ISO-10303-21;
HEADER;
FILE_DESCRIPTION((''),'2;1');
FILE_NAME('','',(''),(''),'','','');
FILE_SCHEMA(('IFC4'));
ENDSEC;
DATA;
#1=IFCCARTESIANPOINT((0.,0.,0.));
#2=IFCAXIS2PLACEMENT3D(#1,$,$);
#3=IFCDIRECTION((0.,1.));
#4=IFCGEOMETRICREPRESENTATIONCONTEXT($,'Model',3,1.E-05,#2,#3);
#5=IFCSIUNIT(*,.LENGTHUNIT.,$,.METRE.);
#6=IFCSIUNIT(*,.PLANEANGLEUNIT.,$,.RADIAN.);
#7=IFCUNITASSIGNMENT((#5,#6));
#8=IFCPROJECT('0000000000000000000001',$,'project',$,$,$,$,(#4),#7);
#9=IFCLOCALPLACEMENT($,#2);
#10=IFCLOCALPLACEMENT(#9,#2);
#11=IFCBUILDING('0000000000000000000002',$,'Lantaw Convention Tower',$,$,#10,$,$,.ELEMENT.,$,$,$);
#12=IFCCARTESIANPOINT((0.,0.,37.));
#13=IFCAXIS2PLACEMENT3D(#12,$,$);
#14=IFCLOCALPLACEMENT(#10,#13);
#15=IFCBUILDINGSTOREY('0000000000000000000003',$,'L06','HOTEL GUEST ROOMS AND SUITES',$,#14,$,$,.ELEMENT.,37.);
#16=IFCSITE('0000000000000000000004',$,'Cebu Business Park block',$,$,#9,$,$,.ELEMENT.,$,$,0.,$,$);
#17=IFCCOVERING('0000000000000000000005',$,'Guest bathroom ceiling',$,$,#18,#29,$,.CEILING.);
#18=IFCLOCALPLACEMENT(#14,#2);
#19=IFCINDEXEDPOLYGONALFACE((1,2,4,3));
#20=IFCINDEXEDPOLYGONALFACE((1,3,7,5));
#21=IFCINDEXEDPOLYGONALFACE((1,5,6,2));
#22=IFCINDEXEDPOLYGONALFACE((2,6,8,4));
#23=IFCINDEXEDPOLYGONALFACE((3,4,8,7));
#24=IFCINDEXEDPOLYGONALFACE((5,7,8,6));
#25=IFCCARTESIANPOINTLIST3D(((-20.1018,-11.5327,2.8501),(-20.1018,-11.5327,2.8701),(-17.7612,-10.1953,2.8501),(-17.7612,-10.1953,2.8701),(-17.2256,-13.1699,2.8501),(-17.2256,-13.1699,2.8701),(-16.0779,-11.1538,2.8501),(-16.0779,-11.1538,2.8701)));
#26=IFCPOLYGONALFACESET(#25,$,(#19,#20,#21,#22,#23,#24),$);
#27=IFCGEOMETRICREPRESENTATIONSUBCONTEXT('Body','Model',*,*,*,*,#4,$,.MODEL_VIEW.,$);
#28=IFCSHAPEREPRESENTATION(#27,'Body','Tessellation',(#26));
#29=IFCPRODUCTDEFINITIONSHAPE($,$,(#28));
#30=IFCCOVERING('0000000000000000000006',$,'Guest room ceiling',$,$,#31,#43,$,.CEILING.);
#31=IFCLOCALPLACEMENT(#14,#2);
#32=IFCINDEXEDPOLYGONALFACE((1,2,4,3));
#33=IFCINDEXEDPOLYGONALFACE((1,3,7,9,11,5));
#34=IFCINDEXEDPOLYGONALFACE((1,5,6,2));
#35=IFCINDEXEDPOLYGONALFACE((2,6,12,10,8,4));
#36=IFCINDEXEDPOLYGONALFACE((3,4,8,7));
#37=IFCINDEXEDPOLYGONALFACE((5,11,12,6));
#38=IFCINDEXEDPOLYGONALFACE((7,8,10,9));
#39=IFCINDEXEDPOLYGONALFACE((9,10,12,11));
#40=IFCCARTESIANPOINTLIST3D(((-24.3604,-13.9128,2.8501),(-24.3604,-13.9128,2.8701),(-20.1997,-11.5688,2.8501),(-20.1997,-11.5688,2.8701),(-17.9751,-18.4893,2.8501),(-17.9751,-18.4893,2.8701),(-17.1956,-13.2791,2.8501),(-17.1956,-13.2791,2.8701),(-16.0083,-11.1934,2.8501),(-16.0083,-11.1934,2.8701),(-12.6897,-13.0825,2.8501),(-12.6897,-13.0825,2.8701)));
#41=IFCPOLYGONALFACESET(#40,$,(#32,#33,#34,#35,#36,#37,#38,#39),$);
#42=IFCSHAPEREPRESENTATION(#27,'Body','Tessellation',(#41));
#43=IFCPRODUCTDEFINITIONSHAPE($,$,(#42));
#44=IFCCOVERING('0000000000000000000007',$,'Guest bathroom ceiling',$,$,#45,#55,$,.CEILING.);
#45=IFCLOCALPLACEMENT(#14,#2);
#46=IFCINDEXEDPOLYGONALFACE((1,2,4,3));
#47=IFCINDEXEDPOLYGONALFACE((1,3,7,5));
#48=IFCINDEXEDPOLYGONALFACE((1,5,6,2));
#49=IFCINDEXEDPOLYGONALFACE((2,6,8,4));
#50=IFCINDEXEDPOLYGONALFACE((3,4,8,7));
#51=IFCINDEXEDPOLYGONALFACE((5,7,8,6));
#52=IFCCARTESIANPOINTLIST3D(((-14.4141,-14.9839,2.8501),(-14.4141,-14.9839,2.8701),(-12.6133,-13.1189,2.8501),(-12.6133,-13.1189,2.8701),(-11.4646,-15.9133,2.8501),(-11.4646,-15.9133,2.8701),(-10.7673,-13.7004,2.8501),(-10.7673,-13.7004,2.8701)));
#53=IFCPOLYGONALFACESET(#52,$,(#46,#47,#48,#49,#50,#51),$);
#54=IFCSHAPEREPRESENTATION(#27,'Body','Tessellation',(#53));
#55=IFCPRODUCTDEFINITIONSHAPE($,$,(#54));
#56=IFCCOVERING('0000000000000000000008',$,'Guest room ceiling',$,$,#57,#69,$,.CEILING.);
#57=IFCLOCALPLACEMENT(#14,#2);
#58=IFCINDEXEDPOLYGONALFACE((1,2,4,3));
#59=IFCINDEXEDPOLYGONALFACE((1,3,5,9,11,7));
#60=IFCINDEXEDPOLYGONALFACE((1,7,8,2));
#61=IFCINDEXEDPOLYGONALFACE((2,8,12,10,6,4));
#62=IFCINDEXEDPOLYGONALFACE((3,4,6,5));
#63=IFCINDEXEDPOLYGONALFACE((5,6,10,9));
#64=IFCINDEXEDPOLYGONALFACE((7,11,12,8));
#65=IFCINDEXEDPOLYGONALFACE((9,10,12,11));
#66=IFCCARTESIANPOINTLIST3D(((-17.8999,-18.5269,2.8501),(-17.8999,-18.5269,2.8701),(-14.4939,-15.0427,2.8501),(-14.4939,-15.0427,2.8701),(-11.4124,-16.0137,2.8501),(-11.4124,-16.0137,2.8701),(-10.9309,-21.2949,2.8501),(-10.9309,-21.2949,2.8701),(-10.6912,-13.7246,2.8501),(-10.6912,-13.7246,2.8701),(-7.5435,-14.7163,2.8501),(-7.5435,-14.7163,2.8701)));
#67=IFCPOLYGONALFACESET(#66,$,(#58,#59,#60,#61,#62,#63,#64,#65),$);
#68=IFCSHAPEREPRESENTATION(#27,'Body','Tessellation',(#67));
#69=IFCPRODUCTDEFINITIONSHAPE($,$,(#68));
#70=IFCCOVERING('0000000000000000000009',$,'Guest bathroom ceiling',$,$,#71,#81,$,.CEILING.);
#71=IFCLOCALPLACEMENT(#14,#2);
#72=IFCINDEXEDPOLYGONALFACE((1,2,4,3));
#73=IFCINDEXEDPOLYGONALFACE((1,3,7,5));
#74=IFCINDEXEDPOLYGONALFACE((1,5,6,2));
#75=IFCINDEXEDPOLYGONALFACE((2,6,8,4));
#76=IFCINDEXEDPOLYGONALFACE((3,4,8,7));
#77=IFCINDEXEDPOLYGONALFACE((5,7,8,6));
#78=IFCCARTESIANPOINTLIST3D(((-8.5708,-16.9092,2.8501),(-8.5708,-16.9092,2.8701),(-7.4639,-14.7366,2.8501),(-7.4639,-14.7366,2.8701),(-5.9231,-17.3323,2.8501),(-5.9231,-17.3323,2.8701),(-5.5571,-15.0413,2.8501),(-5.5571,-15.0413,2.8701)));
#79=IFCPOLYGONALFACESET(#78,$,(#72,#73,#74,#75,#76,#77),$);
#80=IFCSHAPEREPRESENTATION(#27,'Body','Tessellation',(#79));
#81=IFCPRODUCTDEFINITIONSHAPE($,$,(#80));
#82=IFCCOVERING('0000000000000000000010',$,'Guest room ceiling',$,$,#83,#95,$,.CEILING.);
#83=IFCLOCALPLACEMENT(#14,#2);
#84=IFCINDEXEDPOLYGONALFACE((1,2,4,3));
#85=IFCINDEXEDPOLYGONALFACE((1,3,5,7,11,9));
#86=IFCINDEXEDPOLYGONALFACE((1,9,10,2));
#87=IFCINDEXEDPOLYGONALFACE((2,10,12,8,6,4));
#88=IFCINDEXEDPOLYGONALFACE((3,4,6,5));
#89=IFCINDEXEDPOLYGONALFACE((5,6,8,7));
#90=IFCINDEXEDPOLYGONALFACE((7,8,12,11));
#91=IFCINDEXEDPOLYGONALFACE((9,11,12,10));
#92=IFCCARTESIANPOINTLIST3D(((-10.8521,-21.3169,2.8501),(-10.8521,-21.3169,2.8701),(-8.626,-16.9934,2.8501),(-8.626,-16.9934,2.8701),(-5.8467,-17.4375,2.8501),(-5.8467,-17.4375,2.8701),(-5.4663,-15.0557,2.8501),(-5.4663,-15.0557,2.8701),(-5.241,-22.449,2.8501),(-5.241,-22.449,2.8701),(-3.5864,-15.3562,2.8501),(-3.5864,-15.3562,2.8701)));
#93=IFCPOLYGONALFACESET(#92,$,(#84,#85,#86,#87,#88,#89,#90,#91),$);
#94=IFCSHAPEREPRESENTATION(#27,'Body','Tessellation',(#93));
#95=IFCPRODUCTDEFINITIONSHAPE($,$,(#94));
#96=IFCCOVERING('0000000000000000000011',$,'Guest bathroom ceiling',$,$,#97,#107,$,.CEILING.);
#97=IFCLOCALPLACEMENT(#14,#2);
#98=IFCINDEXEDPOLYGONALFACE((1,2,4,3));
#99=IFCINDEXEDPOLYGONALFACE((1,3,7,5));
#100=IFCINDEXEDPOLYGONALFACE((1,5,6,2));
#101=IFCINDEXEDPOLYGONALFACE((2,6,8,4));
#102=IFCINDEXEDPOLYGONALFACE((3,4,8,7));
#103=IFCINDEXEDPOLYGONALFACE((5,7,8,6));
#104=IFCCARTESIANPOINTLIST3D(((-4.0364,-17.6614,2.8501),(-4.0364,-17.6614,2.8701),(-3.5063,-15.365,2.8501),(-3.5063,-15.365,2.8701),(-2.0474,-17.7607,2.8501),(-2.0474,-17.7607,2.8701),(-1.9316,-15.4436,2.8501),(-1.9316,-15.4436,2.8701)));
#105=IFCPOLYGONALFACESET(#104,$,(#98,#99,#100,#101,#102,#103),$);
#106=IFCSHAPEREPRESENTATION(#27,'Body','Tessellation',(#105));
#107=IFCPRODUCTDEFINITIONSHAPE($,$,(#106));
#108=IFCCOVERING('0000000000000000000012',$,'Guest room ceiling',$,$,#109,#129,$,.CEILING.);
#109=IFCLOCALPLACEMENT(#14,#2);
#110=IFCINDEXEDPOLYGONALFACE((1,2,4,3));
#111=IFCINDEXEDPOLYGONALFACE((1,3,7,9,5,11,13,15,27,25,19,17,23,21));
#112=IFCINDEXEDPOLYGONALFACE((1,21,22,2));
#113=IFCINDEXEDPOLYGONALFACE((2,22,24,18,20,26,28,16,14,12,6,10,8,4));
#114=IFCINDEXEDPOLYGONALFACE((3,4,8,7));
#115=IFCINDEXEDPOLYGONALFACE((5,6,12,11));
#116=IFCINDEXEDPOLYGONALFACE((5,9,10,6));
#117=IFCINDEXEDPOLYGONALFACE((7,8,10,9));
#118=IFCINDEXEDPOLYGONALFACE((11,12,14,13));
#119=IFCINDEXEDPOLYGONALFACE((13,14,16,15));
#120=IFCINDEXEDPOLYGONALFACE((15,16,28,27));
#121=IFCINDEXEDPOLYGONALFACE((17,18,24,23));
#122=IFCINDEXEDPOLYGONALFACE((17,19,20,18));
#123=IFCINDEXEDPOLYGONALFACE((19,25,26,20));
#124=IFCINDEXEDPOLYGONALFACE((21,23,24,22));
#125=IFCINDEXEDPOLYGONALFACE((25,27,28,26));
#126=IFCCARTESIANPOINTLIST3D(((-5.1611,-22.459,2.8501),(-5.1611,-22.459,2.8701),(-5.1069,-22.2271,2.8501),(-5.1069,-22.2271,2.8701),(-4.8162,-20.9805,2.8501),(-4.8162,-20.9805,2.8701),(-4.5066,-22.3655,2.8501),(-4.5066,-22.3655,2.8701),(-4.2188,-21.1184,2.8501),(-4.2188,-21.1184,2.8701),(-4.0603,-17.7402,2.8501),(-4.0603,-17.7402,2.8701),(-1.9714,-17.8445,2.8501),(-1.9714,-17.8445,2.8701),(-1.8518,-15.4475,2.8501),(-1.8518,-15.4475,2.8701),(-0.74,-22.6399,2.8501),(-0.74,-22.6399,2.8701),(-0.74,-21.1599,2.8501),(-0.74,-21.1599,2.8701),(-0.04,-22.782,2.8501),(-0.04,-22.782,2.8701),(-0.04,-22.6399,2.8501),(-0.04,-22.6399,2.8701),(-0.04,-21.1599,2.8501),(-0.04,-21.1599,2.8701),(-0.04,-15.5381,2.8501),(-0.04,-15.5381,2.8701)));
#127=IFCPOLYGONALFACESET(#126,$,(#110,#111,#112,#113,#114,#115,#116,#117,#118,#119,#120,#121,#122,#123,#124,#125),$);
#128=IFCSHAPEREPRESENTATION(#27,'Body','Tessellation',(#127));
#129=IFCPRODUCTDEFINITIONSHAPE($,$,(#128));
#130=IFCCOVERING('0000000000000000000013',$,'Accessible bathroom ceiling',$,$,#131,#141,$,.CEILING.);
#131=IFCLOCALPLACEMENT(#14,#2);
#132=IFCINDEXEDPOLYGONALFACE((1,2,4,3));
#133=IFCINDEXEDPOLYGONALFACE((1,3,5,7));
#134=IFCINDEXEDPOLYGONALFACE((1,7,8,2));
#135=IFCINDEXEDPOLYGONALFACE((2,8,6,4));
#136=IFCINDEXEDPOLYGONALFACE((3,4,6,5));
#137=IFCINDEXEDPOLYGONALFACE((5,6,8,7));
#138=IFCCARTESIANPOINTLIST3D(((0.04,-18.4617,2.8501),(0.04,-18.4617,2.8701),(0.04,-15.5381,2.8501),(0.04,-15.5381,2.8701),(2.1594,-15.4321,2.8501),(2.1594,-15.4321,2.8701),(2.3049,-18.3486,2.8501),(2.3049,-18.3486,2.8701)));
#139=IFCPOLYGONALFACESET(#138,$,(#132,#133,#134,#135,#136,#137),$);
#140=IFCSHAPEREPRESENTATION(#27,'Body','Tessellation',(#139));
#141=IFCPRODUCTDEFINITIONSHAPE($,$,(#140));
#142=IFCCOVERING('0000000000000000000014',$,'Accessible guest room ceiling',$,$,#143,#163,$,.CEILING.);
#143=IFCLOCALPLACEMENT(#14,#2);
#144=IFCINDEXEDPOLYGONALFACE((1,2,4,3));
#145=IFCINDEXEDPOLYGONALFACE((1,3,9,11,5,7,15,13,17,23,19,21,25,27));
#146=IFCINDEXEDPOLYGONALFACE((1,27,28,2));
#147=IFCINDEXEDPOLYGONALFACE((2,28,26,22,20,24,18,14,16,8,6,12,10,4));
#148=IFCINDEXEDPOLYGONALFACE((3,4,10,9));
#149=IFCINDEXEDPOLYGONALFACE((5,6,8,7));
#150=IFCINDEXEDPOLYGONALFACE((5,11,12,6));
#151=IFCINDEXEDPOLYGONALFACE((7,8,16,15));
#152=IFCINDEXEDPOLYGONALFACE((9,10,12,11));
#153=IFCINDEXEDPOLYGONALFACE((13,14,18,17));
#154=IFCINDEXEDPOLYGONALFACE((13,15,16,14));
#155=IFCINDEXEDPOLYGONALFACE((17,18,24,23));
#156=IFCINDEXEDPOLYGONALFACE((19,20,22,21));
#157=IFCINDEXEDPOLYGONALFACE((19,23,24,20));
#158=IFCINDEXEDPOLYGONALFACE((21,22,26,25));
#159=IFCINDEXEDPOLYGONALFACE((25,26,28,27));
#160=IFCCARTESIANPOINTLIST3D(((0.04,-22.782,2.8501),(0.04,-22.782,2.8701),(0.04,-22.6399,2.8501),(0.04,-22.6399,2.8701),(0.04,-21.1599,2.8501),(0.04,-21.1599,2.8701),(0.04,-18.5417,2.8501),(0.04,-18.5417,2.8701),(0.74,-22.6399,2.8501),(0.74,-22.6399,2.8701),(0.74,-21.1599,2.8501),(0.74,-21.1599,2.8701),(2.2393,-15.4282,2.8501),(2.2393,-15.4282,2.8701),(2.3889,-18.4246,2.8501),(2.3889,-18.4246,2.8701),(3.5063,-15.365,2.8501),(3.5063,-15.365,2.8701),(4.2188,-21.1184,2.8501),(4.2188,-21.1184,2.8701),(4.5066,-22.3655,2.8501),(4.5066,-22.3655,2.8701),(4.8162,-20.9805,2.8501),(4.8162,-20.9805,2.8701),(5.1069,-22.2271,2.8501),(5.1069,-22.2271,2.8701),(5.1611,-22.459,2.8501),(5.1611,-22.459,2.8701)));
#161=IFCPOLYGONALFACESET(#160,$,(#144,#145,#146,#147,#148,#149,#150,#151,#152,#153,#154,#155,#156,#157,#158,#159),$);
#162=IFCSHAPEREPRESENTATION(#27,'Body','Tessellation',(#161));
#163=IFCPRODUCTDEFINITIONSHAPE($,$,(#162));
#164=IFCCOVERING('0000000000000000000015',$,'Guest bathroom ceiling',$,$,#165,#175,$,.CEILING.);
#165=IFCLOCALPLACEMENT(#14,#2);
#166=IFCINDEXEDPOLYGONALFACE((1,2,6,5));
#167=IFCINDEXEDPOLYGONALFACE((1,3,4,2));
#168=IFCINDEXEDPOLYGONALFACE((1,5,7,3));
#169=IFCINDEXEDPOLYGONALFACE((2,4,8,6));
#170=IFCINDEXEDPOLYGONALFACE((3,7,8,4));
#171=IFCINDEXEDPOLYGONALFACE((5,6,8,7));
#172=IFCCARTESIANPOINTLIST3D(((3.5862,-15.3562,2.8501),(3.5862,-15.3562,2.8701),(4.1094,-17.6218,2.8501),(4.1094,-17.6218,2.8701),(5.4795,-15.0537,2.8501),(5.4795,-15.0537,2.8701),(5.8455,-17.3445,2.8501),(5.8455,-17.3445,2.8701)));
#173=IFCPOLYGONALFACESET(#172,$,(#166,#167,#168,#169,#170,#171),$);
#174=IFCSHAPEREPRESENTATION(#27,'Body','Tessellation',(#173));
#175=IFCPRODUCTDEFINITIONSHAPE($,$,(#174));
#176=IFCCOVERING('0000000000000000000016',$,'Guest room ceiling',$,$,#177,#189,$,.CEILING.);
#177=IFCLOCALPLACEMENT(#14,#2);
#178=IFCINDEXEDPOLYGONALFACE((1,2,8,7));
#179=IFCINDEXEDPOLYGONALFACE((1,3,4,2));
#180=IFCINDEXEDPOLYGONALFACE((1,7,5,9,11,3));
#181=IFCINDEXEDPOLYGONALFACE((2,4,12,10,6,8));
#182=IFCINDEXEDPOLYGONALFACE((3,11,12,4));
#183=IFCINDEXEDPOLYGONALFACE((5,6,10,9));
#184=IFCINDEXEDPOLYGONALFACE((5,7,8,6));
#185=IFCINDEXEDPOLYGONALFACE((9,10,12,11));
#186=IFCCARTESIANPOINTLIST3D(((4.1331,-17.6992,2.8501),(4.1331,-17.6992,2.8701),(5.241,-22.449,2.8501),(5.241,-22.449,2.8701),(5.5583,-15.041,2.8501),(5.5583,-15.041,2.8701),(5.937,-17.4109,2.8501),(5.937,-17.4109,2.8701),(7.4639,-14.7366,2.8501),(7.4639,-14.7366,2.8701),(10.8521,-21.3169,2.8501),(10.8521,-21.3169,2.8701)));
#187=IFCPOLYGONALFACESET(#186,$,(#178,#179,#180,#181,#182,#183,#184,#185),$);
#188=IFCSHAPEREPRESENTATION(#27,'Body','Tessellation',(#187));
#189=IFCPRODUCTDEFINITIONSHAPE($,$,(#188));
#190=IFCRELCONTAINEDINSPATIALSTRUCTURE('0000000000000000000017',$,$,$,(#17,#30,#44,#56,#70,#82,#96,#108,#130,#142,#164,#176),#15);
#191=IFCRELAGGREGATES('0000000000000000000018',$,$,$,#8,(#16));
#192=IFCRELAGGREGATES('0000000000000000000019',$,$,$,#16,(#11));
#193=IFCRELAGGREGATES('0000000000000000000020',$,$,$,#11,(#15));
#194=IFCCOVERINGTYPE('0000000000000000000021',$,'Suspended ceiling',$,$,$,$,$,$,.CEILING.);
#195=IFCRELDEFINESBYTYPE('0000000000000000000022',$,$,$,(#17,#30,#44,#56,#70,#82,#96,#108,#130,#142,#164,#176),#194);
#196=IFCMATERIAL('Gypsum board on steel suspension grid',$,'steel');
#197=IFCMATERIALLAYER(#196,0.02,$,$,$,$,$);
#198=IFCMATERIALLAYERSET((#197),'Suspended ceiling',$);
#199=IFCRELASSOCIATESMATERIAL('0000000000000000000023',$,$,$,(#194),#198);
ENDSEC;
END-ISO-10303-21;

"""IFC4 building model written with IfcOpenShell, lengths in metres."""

from ifc_helpers import new_model, si_unit, direction, frame, origin, place, context, subcontext, project, spatial, polyline, outline, extrude, material, layer, layer_set, type_object, element, save


model = new_model("IFC4")

# Units and contexts
model_context = context("Model", 3, precision=1e-05, world=origin(), true_north=direction((0.0, 1.0)))
body_context = subcontext(model_context, "Body", "Model", "MODEL_VIEW")
ifc_project = project(units=[si_unit("LENGTHUNIT", "METRE"), si_unit("PLANEANGLEUNIT", "RADIAN")], contexts=[model_context])

# Site, building, storey
site_placement = place(None, origin())
site = spatial("IfcSite", under=ifc_project, at=site_placement, Name="Cebu Business Park block", CompositionType="ELEMENT", RefElevation=0.0)
building_placement = place(site_placement, origin())
building = spatial("IfcBuilding", under=site, at=building_placement, Name="Lantaw Convention Tower", CompositionType="ELEMENT")
storey_placement = place(building_placement, frame((0.0, 0.0, 37.0)))
storey = spatial("IfcBuildingStorey", under=building, at=storey_placement, Name="L06", Description="HOTEL GUEST ROOMS AND SUITES", CompositionType="ELEMENT", Elevation=37.0)

# Coverings
ifc_material_1 = material(Name="Gypsum board on steel suspension grid", Category="steel")
ifc_layer_1 = layer(ifc_material_1, 0.02)
ifc_layer_set_1 = layer_set([ifc_layer_1], Name="Suspended ceiling")
covering_type = type_object("IfcCoveringType", Name="Suspended ceiling", PredefinedType="CEILING", material=ifc_layer_set_1)
covering_1_placement = place(storey_placement, frame((0.0, 0.0, 2.8501)))
element("IfcCovering", 1, at=covering_1_placement, inside=storey, type_object=covering_type, Name="Guest bathroom ceiling", PredefinedType="CEILING", context=body_context, shape_type="SweptSolid", body=[
    extrude(outline(polyline([(-17.7612, -10.1953), (-20.1018, -11.5327), (-17.2256, -13.1699), (-16.0779, -11.1538), (-17.7612, -10.1953)])), origin(), (0.0, 0.0, 1.0), 0.02),
])
covering_2_placement = place(storey_placement, frame((0.0, 0.0, 2.8501)))
element("IfcCovering", 2, at=covering_2_placement, inside=storey, type_object=covering_type, Name="Guest room ceiling", PredefinedType="CEILING", context=body_context, shape_type="SweptSolid", body=[
    extrude(outline(polyline([(-20.1997, -11.5688), (-24.3604, -13.9128), (-17.9751, -18.4893), (-12.6897, -13.0825), (-16.0083, -11.1934), (-17.1956, -13.2791), (-20.1997, -11.5688)])), origin(), (0.0, 0.0, 1.0), 0.02),
])
covering_3_placement = place(storey_placement, frame((0.0, 0.0, 2.8501)))
element("IfcCovering", 3, at=covering_3_placement, inside=storey, type_object=covering_type, Name="Guest bathroom ceiling", PredefinedType="CEILING", context=body_context, shape_type="SweptSolid", body=[
    extrude(outline(polyline([(-12.6133, -13.1189), (-14.4141, -14.9839), (-11.4646, -15.9133), (-10.7673, -13.7004), (-12.6133, -13.1189)])), origin(), (0.0, 0.0, 1.0), 0.02),
])
covering_4_placement = place(storey_placement, frame((0.0, 0.0, 2.8501)))
element("IfcCovering", 4, at=covering_4_placement, inside=storey, type_object=covering_type, Name="Guest room ceiling", PredefinedType="CEILING", context=body_context, shape_type="SweptSolid", body=[
    extrude(outline(polyline([(-14.4939, -15.0427), (-17.8999, -18.5269), (-10.9309, -21.2949), (-7.5435, -14.7163), (-10.6912, -13.7246), (-11.4124, -16.0137), (-14.4939, -15.0427)])), origin(), (0.0, 0.0, 1.0), 0.02),
])
covering_5_placement = place(storey_placement, frame((0.0, 0.0, 2.8501)))
element("IfcCovering", 5, at=covering_5_placement, inside=storey, type_object=covering_type, Name="Guest bathroom ceiling", PredefinedType="CEILING", context=body_context, shape_type="SweptSolid", body=[
    extrude(outline(polyline([(-7.4639, -14.7366), (-8.5708, -16.9092), (-5.9231, -17.3323), (-5.5571, -15.0413), (-7.4639, -14.7366)])), origin(), (0.0, 0.0, 1.0), 0.02),
])
covering_6_placement = place(storey_placement, frame((0.0, 0.0, 2.8501)))
element("IfcCovering", 6, at=covering_6_placement, inside=storey, type_object=covering_type, Name="Guest room ceiling", PredefinedType="CEILING", context=body_context, shape_type="SweptSolid", body=[
    extrude(outline(polyline([(-3.5864, -15.3562), (-5.4663, -15.0557), (-5.8467, -17.4375), (-8.626, -16.9934), (-10.8521, -21.3169), (-5.241, -22.449), (-3.5864, -15.3562)])), origin(), (0.0, 0.0, 1.0), 0.02),
])
covering_7_placement = place(storey_placement, frame((0.0, 0.0, 2.8501)))
element("IfcCovering", 7, at=covering_7_placement, inside=storey, type_object=covering_type, Name="Guest bathroom ceiling", PredefinedType="CEILING", context=body_context, shape_type="SweptSolid", body=[
    extrude(outline(polyline([(-3.5063, -15.365), (-4.0364, -17.6614), (-2.0474, -17.7607), (-1.9316, -15.4436), (-3.5063, -15.365)])), origin(), (0.0, 0.0, 1.0), 0.02),
])
covering_8_placement = place(storey_placement, frame((0.0, 0.0, 2.8501)))
element("IfcCovering", 8, at=covering_8_placement, inside=storey, type_object=covering_type, Name="Guest room ceiling", PredefinedType="CEILING", context=body_context, shape_type="SweptSolid", body=[
    extrude(outline(polyline([(-4.0603, -17.7402), (-4.8162, -20.9805), (-4.2188, -21.1184), (-4.5066, -22.3655), (-5.1069, -22.2271), (-5.1611, -22.459), (-0.04, -22.782), (-0.04, -22.6399), (-0.74, -22.6399), (-0.74, -21.1599), (-0.04, -21.1599), (-0.04, -15.5381), (-1.8518, -15.4475), (-1.9714, -17.8445), (-4.0603, -17.7402)])), origin(), (0.0, 0.0, 1.0), 0.02),
])
covering_9_placement = place(storey_placement, frame((0.0, 0.0, 2.8501)))
element("IfcCovering", 9, at=covering_9_placement, inside=storey, type_object=covering_type, Name="Accessible bathroom ceiling", PredefinedType="CEILING", context=body_context, shape_type="SweptSolid", body=[
    extrude(outline(polyline([(0.04, -15.5381), (0.04, -18.4617), (2.3049, -18.3486), (2.1594, -15.4321), (0.04, -15.5381)])), origin(), (0.0, 0.0, 1.0), 0.02),
])
covering_10_placement = place(storey_placement, frame((0.0, 0.0, 2.8501)))
element("IfcCovering", 10, at=covering_10_placement, inside=storey, type_object=covering_type, Name="Accessible guest room ceiling", PredefinedType="CEILING", context=body_context, shape_type="SweptSolid", body=[
    extrude(outline(polyline([(2.2393, -15.4282), (2.3889, -18.4246), (0.04, -18.5417), (0.04, -21.1599), (0.74, -21.1599), (0.74, -22.6399), (0.04, -22.6399), (0.04, -22.782), (5.1611, -22.459), (5.1069, -22.2271), (4.5066, -22.3655), (4.2188, -21.1184), (4.8162, -20.9805), (3.5063, -15.365), (2.2393, -15.4282)])), origin(), (0.0, 0.0, 1.0), 0.02),
])
covering_11_placement = place(storey_placement, frame((0.0, 0.0, 2.8501)))
element("IfcCovering", 11, at=covering_11_placement, inside=storey, type_object=covering_type, Name="Guest bathroom ceiling", PredefinedType="CEILING", context=body_context, shape_type="SweptSolid", body=[
    extrude(outline(polyline([(3.5862, -15.3562), (4.1094, -17.6218), (5.8455, -17.3445), (5.4795, -15.0537), (3.5862, -15.3562)])), origin(), (0.0, 0.0, 1.0), 0.02),
])
covering_12_placement = place(storey_placement, frame((0.0, 0.0, 2.8501)))
element("IfcCovering", 12, at=covering_12_placement, inside=storey, type_object=covering_type, Name="Guest room ceiling", PredefinedType="CEILING", context=body_context, shape_type="SweptSolid", body=[
    extrude(outline(polyline([(7.4639, -14.7366), (5.5583, -15.041), (5.937, -17.4109), (4.1331, -17.6992), (5.241, -22.449), (10.8521, -21.3169), (7.4639, -14.7366)])), origin(), (0.0, 0.0, 1.0), 0.02),
])

save(model, "model.ifc")
